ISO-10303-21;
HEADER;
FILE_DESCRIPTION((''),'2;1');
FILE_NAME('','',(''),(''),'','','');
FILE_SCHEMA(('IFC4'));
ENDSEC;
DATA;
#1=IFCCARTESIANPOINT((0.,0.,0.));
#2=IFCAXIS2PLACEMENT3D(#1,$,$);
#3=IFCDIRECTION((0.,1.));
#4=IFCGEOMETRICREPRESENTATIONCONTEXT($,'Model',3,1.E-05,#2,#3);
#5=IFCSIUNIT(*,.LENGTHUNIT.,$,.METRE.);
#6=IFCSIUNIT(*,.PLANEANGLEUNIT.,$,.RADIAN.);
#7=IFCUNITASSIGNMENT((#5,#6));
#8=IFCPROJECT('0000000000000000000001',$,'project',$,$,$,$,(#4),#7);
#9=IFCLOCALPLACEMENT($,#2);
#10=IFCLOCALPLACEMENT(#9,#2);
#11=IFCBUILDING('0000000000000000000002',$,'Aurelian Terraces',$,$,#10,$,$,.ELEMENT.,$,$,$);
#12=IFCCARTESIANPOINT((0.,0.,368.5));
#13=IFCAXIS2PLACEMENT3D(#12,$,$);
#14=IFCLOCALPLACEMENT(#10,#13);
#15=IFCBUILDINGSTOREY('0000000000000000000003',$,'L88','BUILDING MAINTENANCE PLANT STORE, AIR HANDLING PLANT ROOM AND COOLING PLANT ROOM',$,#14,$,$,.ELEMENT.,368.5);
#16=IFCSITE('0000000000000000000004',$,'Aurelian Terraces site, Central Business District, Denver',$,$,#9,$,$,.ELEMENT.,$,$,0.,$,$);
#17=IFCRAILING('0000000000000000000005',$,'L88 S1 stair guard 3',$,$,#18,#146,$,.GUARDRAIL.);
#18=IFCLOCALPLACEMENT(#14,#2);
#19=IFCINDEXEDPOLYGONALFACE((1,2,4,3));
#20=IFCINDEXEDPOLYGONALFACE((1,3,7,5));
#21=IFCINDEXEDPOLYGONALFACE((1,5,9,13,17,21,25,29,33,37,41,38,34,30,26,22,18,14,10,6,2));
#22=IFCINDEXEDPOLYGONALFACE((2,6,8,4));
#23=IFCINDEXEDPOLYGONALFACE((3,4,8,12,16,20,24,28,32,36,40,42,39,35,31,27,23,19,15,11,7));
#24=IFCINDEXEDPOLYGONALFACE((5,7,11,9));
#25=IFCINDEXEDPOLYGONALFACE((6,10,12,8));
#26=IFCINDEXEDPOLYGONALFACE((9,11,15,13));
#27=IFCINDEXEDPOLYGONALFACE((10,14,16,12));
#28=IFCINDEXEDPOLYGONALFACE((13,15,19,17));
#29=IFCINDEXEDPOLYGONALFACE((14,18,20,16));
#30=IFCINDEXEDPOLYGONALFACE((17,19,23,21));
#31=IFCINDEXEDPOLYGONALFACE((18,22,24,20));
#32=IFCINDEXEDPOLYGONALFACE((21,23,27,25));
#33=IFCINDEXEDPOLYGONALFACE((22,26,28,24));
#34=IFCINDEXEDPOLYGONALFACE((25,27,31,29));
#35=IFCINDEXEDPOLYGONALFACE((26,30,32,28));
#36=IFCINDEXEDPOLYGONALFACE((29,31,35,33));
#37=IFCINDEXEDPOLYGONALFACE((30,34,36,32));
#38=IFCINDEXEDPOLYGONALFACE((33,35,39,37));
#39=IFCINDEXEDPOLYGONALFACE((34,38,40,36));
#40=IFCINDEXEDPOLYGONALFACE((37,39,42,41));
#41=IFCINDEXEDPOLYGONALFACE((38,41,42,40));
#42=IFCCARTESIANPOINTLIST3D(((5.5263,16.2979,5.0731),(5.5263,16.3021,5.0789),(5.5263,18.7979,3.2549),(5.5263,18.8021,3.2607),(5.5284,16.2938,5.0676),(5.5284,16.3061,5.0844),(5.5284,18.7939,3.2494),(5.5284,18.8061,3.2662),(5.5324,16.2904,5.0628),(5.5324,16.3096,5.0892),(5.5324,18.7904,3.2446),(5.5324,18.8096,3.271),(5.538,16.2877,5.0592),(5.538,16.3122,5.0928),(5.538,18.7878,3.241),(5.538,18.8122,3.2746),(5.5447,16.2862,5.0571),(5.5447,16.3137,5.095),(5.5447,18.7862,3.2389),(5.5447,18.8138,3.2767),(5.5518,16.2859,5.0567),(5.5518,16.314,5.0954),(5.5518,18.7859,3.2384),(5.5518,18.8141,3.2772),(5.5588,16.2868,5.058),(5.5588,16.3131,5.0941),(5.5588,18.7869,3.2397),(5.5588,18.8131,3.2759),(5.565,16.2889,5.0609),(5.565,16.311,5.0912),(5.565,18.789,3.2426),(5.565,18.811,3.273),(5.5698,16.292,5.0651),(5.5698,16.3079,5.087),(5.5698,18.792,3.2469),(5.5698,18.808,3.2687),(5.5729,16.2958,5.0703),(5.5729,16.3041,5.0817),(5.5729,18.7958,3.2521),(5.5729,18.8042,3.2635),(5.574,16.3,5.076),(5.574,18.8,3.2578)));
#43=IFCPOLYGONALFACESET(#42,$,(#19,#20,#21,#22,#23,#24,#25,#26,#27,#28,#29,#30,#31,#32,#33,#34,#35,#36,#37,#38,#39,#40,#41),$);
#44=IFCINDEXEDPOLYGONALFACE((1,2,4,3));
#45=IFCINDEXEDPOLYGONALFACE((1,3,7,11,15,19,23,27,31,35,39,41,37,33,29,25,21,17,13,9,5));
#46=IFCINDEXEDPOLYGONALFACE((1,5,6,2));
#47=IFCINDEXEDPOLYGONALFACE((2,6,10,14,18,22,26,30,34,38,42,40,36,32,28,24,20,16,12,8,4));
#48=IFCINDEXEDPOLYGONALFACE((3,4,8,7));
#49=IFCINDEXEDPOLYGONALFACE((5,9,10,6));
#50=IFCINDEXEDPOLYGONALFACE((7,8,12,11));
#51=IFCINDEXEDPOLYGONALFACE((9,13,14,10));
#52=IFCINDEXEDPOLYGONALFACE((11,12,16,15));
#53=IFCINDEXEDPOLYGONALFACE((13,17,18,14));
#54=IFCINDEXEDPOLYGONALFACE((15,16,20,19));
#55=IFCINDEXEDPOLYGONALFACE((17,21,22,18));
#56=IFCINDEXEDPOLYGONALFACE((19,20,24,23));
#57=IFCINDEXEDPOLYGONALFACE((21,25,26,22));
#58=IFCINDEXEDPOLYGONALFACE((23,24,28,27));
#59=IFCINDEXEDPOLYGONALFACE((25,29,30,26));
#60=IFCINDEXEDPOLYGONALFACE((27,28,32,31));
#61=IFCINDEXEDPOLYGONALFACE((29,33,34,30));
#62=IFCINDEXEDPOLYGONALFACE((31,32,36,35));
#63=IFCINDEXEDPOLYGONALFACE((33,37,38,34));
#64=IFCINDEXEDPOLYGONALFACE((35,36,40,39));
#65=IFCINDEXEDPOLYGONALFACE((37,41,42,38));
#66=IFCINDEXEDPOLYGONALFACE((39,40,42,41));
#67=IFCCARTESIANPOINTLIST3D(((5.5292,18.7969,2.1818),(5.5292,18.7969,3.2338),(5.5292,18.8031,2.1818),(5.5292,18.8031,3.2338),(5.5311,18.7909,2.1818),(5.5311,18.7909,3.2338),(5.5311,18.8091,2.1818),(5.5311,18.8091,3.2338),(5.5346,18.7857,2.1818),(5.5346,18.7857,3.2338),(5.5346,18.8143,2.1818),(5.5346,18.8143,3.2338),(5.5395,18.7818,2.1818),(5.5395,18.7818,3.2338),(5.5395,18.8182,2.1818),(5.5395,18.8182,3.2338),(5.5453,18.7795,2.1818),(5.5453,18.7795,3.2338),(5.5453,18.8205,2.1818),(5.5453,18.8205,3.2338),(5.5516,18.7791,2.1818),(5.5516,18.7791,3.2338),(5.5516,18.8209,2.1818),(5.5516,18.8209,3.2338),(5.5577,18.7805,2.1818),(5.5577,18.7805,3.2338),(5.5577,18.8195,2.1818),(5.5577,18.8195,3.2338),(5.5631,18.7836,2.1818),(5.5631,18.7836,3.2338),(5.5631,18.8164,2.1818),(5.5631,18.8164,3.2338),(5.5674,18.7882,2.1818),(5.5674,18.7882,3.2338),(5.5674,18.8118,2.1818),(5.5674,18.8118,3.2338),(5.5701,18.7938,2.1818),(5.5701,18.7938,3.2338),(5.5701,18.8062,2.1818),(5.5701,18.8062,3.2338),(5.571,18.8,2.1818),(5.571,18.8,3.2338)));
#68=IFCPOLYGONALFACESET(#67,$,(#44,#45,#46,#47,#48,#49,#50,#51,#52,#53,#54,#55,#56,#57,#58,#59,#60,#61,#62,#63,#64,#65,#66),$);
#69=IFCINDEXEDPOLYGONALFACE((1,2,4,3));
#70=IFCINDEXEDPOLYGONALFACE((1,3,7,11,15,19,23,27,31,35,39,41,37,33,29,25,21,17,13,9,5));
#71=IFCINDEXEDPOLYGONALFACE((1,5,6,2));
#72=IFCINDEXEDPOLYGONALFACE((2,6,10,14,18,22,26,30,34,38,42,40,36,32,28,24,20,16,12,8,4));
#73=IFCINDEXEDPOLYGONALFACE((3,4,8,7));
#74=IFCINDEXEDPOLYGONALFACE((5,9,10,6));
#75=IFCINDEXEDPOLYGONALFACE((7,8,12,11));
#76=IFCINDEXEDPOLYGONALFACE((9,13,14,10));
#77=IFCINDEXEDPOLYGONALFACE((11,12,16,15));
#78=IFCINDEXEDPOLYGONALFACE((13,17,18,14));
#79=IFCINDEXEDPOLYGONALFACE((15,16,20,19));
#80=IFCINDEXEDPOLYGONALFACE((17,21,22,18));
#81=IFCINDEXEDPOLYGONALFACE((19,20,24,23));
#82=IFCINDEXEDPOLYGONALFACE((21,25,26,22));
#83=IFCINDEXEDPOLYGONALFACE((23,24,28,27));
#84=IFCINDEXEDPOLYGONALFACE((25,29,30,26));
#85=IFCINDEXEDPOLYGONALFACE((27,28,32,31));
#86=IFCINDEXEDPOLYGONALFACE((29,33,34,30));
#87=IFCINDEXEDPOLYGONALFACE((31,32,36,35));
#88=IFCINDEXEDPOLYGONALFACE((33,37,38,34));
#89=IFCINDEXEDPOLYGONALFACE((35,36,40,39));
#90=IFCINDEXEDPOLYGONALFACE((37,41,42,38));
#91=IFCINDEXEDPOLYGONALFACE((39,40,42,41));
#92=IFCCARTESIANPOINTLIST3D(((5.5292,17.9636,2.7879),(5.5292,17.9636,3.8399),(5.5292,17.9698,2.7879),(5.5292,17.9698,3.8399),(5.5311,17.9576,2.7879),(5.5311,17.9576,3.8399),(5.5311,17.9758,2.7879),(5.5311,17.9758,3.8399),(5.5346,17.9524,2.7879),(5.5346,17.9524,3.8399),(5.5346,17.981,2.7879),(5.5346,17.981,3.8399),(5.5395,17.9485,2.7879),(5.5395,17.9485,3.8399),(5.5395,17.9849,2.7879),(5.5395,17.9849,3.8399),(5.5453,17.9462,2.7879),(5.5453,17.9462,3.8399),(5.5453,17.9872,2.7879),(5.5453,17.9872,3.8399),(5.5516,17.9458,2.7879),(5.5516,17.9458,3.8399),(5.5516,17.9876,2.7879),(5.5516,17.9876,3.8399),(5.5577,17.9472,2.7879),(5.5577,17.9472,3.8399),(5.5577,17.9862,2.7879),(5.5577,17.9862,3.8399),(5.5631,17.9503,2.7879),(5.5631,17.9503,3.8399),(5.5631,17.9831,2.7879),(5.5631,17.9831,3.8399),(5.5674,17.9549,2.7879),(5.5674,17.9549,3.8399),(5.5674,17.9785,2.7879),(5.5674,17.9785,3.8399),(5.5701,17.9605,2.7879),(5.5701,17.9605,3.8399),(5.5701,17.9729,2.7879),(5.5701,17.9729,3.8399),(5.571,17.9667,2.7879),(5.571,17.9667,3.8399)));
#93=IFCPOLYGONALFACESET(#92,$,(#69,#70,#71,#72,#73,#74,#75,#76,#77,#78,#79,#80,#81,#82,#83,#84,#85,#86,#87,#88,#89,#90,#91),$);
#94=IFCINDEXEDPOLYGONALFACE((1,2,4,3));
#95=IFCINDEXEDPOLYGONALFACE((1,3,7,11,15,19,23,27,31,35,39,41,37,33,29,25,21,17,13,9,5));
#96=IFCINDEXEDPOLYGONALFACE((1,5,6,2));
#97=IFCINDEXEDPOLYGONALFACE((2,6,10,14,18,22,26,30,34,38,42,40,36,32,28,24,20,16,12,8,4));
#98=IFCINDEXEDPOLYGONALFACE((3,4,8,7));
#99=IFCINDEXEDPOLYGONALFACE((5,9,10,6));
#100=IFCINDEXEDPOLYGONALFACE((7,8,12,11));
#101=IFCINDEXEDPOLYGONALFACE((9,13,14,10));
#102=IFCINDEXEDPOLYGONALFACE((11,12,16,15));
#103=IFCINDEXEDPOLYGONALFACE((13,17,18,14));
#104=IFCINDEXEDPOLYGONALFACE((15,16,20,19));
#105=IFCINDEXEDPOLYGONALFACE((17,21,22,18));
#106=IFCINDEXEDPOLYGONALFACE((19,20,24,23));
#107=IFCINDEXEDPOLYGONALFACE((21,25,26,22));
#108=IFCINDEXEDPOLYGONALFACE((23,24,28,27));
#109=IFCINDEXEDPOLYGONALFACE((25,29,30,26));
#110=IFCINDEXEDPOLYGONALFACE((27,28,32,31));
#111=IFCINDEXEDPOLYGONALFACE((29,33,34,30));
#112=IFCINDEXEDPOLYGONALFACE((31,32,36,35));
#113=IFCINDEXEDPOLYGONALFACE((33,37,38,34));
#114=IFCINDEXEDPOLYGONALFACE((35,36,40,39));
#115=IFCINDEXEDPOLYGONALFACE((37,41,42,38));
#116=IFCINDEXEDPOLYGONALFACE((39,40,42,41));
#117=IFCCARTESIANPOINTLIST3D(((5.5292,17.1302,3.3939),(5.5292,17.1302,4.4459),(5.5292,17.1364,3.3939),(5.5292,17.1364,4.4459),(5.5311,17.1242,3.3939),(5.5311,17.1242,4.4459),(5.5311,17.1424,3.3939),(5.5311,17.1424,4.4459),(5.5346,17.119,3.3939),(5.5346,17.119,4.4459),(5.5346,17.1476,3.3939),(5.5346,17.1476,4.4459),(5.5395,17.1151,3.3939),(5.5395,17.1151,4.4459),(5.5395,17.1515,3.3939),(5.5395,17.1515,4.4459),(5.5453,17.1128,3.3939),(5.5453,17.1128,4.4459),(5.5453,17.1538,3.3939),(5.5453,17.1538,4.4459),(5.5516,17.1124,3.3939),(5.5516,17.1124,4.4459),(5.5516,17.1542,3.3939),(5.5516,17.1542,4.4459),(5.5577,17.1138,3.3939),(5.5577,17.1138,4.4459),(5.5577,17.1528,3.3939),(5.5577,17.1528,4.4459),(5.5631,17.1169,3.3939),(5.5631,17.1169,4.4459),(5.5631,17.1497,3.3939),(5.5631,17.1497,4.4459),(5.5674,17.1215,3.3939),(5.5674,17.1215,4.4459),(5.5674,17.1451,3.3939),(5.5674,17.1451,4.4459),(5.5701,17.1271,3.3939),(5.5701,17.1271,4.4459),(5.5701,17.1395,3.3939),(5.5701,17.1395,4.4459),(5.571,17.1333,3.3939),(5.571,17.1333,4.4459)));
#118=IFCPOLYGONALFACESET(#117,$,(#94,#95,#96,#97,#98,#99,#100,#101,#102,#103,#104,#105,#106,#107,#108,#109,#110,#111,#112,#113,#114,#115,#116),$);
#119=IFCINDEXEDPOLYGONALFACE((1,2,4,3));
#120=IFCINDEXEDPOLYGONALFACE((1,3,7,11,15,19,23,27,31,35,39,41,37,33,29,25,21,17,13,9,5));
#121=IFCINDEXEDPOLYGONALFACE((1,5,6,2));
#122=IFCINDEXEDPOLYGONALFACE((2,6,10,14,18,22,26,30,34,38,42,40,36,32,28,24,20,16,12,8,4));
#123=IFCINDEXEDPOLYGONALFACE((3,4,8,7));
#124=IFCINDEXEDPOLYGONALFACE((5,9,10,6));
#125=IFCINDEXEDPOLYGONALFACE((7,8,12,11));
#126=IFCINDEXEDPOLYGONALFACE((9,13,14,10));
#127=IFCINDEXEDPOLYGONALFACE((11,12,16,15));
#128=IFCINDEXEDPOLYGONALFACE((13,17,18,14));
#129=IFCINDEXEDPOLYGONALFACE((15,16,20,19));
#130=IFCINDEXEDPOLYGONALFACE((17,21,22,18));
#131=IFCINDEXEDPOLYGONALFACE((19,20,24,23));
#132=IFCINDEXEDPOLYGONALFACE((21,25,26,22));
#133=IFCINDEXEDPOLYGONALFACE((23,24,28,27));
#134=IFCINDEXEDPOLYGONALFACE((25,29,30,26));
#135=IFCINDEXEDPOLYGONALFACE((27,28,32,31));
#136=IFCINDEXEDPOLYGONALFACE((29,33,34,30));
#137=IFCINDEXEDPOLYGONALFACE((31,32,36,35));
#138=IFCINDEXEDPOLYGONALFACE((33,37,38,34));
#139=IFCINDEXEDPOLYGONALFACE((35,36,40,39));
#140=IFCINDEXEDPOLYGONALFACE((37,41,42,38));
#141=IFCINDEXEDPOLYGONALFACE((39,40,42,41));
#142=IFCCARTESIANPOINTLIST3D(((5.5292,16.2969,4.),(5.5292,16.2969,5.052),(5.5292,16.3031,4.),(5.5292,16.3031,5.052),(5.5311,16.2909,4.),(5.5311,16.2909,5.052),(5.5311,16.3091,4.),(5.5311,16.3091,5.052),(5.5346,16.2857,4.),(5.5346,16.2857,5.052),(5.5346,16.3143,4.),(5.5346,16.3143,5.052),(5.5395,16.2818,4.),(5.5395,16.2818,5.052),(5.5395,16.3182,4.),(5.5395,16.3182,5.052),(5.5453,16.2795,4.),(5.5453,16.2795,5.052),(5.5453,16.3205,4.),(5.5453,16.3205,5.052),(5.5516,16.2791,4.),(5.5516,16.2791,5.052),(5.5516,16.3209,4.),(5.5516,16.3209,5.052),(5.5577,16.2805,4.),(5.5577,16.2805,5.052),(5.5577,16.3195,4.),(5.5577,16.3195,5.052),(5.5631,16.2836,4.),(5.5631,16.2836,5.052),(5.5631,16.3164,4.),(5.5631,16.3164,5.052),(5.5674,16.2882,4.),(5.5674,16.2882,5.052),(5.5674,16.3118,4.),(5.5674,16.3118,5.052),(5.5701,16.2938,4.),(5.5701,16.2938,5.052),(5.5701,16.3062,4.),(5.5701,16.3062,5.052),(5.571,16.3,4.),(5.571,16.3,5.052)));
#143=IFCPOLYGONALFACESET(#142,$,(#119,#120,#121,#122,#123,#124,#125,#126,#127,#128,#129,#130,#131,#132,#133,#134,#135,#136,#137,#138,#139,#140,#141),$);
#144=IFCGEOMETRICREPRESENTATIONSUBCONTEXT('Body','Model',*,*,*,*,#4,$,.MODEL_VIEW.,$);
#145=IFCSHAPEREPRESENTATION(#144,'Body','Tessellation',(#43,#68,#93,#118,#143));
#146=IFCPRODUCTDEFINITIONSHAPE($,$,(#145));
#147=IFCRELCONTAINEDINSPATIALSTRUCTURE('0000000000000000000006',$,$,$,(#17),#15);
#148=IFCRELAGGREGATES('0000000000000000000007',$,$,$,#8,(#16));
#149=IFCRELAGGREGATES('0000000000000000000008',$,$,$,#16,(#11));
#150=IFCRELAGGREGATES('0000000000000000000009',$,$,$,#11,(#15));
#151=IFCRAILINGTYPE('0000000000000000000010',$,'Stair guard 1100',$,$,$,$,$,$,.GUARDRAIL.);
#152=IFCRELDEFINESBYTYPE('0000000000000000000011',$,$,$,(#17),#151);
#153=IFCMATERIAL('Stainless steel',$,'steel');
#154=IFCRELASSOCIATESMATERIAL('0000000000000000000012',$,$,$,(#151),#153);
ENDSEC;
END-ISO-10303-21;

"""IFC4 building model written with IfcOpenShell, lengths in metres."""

from ifc_helpers import new_model, si_unit, direction, frame, origin, origin_2d, place, context, subcontext, project, spatial, circle, extrude, source, transform, mapped, material, type_object, element, save


model = new_model("IFC4")

# Units and contexts
model_context = context("Model", 3, precision=1e-05, world=origin(), true_north=direction((0.0, 1.0)))
body_context = subcontext(model_context, "Body", "Model", "MODEL_VIEW")
ifc_project = project(units=[si_unit("LENGTHUNIT", "METRE"), si_unit("PLANEANGLEUNIT", "RADIAN")], contexts=[model_context])

# Site, building, storey
site_placement = place(None, origin())
site = spatial("IfcSite", under=ifc_project, at=site_placement, Name="Aurelian Terraces site, Central Business District, Denver", CompositionType="ELEMENT", RefElevation=0.0)
building_placement = place(site_placement, origin())
building = spatial("IfcBuilding", under=site, at=building_placement, Name="Aurelian Terraces", CompositionType="ELEMENT")
storey_placement = place(building_placement, frame((0.0, 0.0, 368.5)))
storey = spatial("IfcBuildingStorey", under=building, at=storey_placement, Name="L88", Description="BUILDING MAINTENANCE PLANT STORE, AIR HANDLING PLANT ROOM AND COOLING PLANT ROOM", CompositionType="ELEMENT", Elevation=368.5)

# Railing
ifc_material_1 = material(Name="Stainless steel", Category="steel")
railing_type_1 = type_object("IfcRailingType", Name="Stair guard 1100", PredefinedType="GUARDRAIL", material=ifc_material_1)
shared_shape_1 = source(origin(), body_context, "Body", "SweptSolid", [
    extrude(circle(Radius=0.024, at=origin_2d()), frame((0.0, 0.0, 1.076), z_axis=(0.0, -0.808733, 0.588176), x_axis=(1.0, 0.0, 0.0)), (0.0, 0.0, 1.0), 3.0913),
    extrude(circle(Radius=0.021, at=origin_2d()), origin(), (0.0, 0.0, 1.0), 1.052),
    extrude(circle(Radius=0.021, at=origin_2d()), frame((0.0, -0.8333, 0.6061)), (0.0, 0.0, 1.0), 1.052),
    extrude(circle(Radius=0.021, at=origin_2d()), frame((0.0, -1.6667, 1.2121)), (0.0, 0.0, 1.0), 1.052),
    extrude(circle(Radius=0.021, at=origin_2d()), frame((0.0, -2.5, 1.8182)), (0.0, 0.0, 1.0), 1.052),
])
railing_1_placement = place(storey_placement, frame((5.55, 18.8, 2.1818)))
element("IfcRailing", 1, at=railing_1_placement, inside=storey, type_object=railing_type_1, Name="L88 S1 stair guard 3", PredefinedType="GUARDRAIL", context=body_context, shape_type="MappedRepresentation", body=[
    mapped(shared_shape_1, transform((0.0, 0.0, 0.0), scale=1.0)),
])

save(model, "model.ifc")
